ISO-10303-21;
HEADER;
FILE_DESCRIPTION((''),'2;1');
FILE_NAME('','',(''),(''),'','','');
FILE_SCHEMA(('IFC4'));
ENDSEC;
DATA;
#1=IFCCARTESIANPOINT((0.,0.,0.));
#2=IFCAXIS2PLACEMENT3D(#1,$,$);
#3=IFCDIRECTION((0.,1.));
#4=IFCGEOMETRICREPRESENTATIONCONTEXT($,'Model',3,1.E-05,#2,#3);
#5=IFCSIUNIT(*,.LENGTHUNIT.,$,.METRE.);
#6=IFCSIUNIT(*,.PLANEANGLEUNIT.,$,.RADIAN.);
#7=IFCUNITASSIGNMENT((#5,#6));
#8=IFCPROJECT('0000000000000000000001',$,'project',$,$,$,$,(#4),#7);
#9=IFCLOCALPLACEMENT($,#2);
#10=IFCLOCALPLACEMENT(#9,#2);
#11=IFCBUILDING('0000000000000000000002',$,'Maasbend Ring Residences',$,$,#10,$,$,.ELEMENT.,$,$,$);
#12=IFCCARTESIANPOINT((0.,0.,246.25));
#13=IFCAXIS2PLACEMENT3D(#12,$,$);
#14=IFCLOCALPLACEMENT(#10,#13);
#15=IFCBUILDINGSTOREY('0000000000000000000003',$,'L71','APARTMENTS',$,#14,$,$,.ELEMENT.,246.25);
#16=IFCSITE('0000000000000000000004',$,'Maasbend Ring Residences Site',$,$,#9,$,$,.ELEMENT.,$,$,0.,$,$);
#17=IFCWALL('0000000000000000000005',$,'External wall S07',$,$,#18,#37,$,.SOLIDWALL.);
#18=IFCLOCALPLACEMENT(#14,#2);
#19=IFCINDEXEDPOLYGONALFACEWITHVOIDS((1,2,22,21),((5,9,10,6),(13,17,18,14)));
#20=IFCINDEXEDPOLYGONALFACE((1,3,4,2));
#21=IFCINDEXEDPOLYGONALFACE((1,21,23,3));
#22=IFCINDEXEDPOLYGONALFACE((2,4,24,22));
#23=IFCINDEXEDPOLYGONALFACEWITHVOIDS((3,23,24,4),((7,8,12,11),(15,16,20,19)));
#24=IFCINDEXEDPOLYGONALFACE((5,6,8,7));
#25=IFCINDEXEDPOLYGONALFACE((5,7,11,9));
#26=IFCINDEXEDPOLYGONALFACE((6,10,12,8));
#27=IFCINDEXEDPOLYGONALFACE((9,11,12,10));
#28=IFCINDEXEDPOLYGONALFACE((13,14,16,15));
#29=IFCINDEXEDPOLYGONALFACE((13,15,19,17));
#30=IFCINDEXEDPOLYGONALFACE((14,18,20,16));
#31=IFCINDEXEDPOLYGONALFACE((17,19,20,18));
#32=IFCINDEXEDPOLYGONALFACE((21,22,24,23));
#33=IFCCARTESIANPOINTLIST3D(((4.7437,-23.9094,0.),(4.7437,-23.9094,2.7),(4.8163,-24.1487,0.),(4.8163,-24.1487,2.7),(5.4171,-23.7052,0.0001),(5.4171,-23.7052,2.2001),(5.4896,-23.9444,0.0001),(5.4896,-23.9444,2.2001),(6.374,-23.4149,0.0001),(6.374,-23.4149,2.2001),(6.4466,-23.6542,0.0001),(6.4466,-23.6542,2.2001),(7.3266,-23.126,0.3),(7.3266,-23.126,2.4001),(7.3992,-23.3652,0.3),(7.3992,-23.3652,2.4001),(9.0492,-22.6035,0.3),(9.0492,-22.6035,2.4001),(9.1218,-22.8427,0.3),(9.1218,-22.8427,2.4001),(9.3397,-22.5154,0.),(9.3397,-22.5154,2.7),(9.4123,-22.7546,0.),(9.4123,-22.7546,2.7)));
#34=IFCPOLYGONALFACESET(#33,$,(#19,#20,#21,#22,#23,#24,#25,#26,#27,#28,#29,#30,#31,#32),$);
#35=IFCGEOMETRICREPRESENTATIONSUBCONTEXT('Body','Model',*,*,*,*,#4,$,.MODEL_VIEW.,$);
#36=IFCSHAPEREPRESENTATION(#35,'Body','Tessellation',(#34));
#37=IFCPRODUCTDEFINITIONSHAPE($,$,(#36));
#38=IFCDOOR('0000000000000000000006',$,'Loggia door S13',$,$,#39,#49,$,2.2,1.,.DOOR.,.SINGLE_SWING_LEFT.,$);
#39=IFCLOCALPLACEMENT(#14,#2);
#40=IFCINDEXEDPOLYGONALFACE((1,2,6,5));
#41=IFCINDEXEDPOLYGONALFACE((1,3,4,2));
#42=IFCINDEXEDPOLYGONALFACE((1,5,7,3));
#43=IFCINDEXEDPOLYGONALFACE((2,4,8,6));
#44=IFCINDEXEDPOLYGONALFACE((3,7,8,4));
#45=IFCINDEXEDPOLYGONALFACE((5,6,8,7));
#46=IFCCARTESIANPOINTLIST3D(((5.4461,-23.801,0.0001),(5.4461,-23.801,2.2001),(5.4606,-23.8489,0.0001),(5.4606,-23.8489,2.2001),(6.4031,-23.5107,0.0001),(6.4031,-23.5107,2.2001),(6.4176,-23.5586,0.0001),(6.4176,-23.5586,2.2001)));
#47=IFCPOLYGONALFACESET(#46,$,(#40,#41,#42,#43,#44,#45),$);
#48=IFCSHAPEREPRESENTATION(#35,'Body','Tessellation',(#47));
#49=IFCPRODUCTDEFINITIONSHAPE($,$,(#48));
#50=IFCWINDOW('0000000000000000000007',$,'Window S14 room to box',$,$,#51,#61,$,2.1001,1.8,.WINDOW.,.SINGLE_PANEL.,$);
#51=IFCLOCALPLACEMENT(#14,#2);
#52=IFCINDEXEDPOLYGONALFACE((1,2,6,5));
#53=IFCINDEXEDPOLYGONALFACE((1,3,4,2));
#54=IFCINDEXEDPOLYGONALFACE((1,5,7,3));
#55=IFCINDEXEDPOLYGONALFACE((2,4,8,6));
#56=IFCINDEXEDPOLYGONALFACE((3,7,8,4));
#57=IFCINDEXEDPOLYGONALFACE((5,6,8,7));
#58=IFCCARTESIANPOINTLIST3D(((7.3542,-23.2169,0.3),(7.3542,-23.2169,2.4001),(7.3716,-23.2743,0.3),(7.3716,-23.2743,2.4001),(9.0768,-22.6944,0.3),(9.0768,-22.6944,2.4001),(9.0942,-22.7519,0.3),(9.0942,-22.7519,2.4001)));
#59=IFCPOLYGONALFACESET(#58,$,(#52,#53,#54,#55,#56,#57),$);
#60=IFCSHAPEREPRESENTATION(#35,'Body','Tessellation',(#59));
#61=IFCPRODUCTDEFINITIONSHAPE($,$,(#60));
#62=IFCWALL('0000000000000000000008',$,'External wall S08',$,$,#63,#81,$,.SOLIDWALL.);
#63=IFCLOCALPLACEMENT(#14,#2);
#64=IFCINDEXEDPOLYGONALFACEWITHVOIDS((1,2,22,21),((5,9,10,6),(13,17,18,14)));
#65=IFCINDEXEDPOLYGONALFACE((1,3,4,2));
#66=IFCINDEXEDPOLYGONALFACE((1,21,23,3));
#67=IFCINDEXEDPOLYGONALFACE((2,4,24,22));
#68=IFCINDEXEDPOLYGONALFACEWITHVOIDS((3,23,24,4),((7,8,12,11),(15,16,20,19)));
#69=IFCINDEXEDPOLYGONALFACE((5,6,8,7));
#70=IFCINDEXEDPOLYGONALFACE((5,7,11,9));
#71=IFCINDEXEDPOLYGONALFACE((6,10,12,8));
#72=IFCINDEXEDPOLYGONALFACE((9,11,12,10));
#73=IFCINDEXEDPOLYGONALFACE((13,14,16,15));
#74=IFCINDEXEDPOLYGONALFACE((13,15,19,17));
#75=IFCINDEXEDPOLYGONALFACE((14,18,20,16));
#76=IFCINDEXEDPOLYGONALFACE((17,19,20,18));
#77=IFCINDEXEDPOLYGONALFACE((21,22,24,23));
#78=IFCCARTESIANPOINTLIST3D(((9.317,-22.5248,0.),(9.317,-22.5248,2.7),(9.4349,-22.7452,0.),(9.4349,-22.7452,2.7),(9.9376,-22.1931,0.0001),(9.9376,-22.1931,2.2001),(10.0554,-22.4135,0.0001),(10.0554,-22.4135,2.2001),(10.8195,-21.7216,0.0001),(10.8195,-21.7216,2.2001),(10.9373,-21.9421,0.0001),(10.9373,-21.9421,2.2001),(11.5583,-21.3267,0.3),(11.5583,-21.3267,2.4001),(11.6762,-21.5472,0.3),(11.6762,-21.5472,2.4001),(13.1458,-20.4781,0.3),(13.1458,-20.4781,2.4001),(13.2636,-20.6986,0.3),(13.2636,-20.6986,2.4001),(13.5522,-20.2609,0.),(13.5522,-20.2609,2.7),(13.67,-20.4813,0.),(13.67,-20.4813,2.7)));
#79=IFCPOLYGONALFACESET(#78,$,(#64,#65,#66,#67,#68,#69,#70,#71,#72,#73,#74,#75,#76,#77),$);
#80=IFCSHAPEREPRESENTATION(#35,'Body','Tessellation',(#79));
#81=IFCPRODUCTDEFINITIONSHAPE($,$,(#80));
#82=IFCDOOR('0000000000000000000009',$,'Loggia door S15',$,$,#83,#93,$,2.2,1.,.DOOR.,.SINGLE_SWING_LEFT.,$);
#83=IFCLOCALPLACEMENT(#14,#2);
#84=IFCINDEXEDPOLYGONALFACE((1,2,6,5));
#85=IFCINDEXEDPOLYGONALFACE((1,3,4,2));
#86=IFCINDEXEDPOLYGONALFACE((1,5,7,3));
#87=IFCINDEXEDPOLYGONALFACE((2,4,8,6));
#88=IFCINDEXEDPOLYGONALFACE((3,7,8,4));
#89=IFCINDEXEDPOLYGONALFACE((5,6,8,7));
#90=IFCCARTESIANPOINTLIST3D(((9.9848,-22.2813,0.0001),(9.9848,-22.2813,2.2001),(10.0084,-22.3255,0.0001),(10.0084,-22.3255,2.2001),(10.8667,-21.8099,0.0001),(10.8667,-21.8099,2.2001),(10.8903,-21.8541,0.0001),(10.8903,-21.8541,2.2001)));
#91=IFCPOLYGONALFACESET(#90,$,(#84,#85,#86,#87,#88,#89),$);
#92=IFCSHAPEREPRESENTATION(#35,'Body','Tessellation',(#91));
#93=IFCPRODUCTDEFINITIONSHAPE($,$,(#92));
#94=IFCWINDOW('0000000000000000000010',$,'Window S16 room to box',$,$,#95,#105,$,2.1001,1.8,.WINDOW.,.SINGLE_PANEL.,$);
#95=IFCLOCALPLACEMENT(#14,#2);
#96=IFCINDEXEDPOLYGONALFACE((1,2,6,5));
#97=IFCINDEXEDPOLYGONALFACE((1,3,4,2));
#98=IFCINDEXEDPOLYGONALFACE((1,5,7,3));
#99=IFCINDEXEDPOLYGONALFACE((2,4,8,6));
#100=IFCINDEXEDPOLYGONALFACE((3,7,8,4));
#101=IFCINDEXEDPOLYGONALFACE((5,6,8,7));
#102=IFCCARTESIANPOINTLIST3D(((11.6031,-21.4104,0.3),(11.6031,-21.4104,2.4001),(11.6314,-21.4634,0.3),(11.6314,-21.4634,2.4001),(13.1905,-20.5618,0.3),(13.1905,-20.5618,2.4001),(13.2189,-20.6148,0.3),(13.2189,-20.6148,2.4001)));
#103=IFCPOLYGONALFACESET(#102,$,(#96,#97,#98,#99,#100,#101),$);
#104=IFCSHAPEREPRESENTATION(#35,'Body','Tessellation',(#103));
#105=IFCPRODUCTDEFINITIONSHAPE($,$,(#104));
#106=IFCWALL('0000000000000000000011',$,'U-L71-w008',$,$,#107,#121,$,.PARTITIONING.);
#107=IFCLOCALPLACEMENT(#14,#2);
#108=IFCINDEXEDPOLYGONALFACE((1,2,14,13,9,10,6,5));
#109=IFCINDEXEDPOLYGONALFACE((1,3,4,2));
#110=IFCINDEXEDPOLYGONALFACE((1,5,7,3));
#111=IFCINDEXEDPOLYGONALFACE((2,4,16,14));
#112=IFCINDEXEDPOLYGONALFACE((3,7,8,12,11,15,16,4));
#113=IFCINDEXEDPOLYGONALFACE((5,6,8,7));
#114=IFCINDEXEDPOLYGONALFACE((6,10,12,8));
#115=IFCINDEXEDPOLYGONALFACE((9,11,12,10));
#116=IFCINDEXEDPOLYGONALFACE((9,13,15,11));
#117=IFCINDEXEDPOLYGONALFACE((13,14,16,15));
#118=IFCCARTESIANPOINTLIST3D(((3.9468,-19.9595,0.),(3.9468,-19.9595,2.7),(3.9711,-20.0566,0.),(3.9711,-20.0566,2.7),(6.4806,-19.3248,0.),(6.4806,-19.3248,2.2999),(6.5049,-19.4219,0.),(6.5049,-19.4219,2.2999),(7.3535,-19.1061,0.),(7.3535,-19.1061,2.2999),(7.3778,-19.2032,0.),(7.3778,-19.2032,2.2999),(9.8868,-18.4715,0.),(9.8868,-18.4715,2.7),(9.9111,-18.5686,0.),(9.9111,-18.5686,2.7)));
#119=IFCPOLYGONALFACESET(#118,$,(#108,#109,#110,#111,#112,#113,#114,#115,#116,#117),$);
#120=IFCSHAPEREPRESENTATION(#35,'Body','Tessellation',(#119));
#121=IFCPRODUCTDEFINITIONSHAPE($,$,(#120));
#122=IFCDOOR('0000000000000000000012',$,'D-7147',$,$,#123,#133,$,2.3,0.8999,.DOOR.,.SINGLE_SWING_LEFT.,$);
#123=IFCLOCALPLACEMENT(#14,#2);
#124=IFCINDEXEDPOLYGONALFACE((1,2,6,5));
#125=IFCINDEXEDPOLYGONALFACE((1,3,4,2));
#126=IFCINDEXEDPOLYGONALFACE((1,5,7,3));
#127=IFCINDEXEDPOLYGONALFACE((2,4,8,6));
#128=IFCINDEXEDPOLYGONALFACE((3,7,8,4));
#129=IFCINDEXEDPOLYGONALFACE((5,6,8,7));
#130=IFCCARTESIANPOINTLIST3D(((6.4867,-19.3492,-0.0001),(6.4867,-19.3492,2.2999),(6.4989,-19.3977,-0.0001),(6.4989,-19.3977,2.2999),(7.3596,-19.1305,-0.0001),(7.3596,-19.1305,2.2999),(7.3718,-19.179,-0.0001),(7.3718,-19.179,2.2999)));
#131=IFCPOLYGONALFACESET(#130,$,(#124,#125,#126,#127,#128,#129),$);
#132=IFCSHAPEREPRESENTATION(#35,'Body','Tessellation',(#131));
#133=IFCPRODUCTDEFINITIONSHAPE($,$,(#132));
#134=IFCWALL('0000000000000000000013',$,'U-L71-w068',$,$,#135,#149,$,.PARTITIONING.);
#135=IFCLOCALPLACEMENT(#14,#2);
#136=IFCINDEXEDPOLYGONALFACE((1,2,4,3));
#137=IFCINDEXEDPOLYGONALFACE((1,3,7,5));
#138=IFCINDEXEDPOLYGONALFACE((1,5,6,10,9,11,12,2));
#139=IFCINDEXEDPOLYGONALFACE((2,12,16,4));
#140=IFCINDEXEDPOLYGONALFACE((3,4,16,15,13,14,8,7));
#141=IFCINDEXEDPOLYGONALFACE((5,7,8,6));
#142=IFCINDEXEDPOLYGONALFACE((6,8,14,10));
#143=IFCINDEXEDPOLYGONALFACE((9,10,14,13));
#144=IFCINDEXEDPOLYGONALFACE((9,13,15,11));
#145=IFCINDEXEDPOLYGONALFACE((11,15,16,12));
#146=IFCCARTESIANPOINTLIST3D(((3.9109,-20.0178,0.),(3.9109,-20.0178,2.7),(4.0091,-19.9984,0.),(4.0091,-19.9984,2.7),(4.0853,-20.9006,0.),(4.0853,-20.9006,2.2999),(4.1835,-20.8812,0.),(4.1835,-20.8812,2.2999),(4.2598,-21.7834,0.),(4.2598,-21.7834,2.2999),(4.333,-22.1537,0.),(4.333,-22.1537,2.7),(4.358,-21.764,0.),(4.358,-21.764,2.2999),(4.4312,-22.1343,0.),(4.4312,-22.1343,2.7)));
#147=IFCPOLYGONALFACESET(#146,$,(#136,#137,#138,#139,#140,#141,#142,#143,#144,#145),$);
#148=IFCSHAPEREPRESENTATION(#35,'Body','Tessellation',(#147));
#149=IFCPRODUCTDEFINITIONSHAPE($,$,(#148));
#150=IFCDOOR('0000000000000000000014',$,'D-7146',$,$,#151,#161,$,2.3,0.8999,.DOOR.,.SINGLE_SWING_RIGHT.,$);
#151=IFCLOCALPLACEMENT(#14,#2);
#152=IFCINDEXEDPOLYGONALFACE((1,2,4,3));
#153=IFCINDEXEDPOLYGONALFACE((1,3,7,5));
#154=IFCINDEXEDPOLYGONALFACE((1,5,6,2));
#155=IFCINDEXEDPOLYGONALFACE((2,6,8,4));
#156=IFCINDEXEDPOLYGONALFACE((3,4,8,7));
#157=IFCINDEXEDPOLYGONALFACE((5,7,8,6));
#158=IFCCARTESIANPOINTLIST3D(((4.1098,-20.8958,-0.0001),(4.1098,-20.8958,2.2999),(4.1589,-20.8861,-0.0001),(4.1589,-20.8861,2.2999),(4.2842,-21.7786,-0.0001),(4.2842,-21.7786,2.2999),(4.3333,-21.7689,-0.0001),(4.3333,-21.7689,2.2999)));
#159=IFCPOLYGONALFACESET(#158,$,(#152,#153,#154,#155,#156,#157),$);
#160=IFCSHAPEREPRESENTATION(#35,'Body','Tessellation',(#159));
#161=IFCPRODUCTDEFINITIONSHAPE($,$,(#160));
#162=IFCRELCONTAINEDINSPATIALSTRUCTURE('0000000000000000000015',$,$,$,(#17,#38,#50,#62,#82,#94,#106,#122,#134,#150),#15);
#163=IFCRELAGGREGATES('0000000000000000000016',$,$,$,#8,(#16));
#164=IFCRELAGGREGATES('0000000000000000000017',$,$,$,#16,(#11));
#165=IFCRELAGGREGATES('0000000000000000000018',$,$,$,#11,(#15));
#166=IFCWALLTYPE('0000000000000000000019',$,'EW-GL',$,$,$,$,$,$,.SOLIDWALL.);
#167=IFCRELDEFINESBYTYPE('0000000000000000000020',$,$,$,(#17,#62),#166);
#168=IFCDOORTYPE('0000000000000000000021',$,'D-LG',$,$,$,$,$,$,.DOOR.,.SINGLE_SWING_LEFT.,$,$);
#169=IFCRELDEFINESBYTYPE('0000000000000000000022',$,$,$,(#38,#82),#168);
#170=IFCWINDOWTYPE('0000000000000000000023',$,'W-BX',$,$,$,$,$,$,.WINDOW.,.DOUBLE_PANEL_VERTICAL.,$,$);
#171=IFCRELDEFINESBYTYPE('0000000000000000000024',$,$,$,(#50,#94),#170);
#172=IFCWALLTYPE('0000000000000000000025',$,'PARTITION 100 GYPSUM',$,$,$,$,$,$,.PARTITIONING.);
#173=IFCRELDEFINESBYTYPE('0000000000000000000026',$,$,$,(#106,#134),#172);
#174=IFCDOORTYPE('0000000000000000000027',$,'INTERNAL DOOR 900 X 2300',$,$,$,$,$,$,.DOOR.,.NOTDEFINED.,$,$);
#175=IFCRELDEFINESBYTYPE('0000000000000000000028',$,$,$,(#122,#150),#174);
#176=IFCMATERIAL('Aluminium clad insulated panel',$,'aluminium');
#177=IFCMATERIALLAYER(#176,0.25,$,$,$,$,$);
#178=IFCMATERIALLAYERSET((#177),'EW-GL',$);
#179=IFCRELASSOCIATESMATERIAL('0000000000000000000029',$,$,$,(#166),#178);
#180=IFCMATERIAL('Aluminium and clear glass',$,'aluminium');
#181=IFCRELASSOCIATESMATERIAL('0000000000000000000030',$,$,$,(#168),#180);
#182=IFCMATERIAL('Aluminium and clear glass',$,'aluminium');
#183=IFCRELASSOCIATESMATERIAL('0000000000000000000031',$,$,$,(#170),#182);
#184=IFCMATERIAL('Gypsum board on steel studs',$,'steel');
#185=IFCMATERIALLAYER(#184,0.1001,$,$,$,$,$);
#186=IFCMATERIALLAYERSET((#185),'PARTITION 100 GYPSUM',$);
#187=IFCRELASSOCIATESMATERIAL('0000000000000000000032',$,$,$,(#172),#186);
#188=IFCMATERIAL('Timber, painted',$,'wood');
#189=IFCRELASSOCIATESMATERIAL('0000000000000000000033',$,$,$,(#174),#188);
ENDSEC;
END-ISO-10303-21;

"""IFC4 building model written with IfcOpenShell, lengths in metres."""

from ifc_helpers import new_model, si_unit, direction, frame, frame_2d, origin, place, context, subcontext, project, spatial, rectangle, extrude, material, layer, layer_set, type_object, element, fill, save


model = new_model("IFC4")

# Units and contexts
model_context = context("Model", 3, precision=1e-05, world=origin(), true_north=direction((0.0, 1.0)))
body_context = subcontext(model_context, "Body", "Model", "MODEL_VIEW")
ifc_project = project(units=[si_unit("LENGTHUNIT", "METRE"), si_unit("PLANEANGLEUNIT", "RADIAN")], contexts=[model_context])

# Site, building, storey
site_placement = place(None, origin())
site = spatial("IfcSite", under=ifc_project, at=site_placement, Name="Maasbend Ring Residences Site", CompositionType="ELEMENT", RefElevation=0.0)
building_placement = place(site_placement, origin())
building = spatial("IfcBuilding", under=site, at=building_placement, Name="Maasbend Ring Residences", CompositionType="ELEMENT")
storey_placement = place(building_placement, frame((0.0, 0.0, 246.25)))
storey = spatial("IfcBuildingStorey", under=building, at=storey_placement, Name="L71", Description="APARTMENTS", CompositionType="ELEMENT", Elevation=246.25)

# Walls, openings, doors, windows
ifc_material_1 = material(Name="Aluminium clad insulated panel", Category="aluminium")
ifc_layer_1 = layer(ifc_material_1, 0.25)
ifc_layer_set_1 = layer_set([ifc_layer_1], Name="EW-GL")
wall_type_1 = type_object("IfcWallType", Name="EW-GL", PredefinedType="SOLIDWALL", material=ifc_layer_set_1)
wall_1_placement = place(storey_placement, frame((4.78, -24.0291, 0.0), z_axis=(0.0, 0.0, 1.0), x_axis=(0.956947, 0.290261, 0.0)))
wall_1 = element("IfcWall", 1, at=wall_1_placement, inside=storey, type_object=wall_type_1, Name="External wall S07", PredefinedType="SOLIDWALL", context=body_context, shape_type="SweptSolid", body=[
    extrude(rectangle(XDim=4.8027, YDim=0.25, at=frame_2d((2.4014, 0.0))), origin(), (0.0, 0.0, 1.0), 2.7),
])
opening_1_placement = place(wall_1_placement, frame((0.7036, 0.0, 0.0)))
opening_1 = element("IfcOpeningElement", 2, at=opening_1_placement, cuts=wall_1, PredefinedType="OPENING", context=body_context, shape_type="SweptSolid", body=[
    extrude(rectangle(XDim=1.0, YDim=2.2, at=frame_2d((0.5, 1.1001))), frame((0.0, 0.135, 0.0), z_axis=(0.0, -1.0, 0.0), x_axis=(1.0, 0.0, 0.0)), (0.0, 0.0, 1.0), 0.27),
])
opening_2_placement = place(wall_1_placement, frame((2.6992, 0.0, 0.3)))
opening_2 = element("IfcOpeningElement", 3, at=opening_2_placement, cuts=wall_1, PredefinedType="OPENING", context=body_context, shape_type="SweptSolid", body=[
    extrude(rectangle(XDim=1.8, YDim=2.1001, at=frame_2d((0.8999, 1.05))), frame((0.0, 0.135, 0.0), z_axis=(0.0, -1.0, 0.0), x_axis=(1.0, 0.0, 0.0)), (0.0, 0.0, 1.0), 0.27),
])
ifc_material_2 = material(Name="Aluminium and clear glass", Category="aluminium")
door_type_1 = type_object("IfcDoorType", Name="D-LG", OperationType="SINGLE_SWING_LEFT", PredefinedType="DOOR", material=ifc_material_2)
door_1_placement = place(opening_1_placement, origin())
door_1 = element("IfcDoor", 4, at=door_1_placement, inside=storey, type_object=door_type_1, Name="Loggia door S13", OperationType="SINGLE_SWING_LEFT", OverallHeight=2.2, OverallWidth=1.0, PredefinedType="DOOR", context=body_context, shape_type="SweptSolid", body=[
    extrude(rectangle(XDim=1.0, YDim=2.2, at=frame_2d((0.5, 1.1001))), frame((0.0, 0.0249, 0.0), z_axis=(0.0, -1.0, 0.0), x_axis=(1.0, 0.0, 0.0)), (0.0, 0.0, 1.0), 0.05),
])
fill(opening_1, door_1)
ifc_material_3 = material(Name="Aluminium and clear glass", Category="aluminium")
window_type_1 = type_object("IfcWindowType", Name="W-BX", PartitioningType="DOUBLE_PANEL_VERTICAL", PredefinedType="WINDOW", material=ifc_material_3)
window_1_placement = place(opening_2_placement, origin())
window_1 = element("IfcWindow", 5, at=window_1_placement, inside=storey, type_object=window_type_1, Name="Window S14 room to box", OverallHeight=2.1001, OverallWidth=1.8, PartitioningType="SINGLE_PANEL", PredefinedType="WINDOW", context=body_context, shape_type="SweptSolid", body=[
    extrude(rectangle(XDim=1.8, YDim=2.1001, at=frame_2d((0.8999, 1.05))), frame((0.0, 0.03, 0.0), z_axis=(0.0, -1.0, 0.0), x_axis=(1.0, 0.0, 0.0)), (0.0, 0.0, 1.0), 0.0601),
])
fill(opening_2, window_1)
wall_2_placement = place(storey_placement, frame((9.376, -22.635, 0.0), z_axis=(0.0, 0.0, 1.0), x_axis=(0.881904, 0.47143, 0.0)))
wall_2 = element("IfcWall", 6, at=wall_2_placement, inside=storey, type_object=wall_type_1, Name="External wall S08", PredefinedType="SOLIDWALL", context=body_context, shape_type="SweptSolid", body=[
    extrude(rectangle(XDim=4.8022, YDim=0.25, at=frame_2d((2.4011, 0.0))), origin(), (0.0, 0.0, 1.0), 2.7),
])
opening_3_placement = place(wall_2_placement, frame((0.7036, 0.0, 0.0)))
opening_3 = element("IfcOpeningElement", 7, at=opening_3_placement, cuts=wall_2, PredefinedType="OPENING", context=body_context, shape_type="SweptSolid", body=[
    extrude(rectangle(XDim=1.0, YDim=2.2, at=frame_2d((0.5, 1.1001))), frame((0.0, 0.135, 0.0), z_axis=(0.0, -1.0, 0.0), x_axis=(1.0, 0.0, 0.0)), (0.0, 0.0, 1.0), 0.27),
])
opening_4_placement = place(wall_2_placement, frame((2.5415, 0.0, 0.3)))
opening_4 = element("IfcOpeningElement", 8, at=opening_4_placement, cuts=wall_2, PredefinedType="OPENING", context=body_context, shape_type="SweptSolid", body=[
    extrude(rectangle(XDim=1.8, YDim=2.1001, at=frame_2d((0.8999, 1.05))), frame((0.0, 0.135, 0.0), z_axis=(0.0, -1.0, 0.0), x_axis=(1.0, 0.0, 0.0)), (0.0, 0.0, 1.0), 0.27),
])
door_2_placement = place(opening_3_placement, origin())
door_2 = element("IfcDoor", 9, at=door_2_placement, inside=storey, type_object=door_type_1, Name="Loggia door S15", OperationType="SINGLE_SWING_LEFT", OverallHeight=2.2, OverallWidth=1.0, PredefinedType="DOOR", context=body_context, shape_type="SweptSolid", body=[
    extrude(rectangle(XDim=1.0, YDim=2.2, at=frame_2d((0.5, 1.1001))), frame((0.0, 0.0249, 0.0), z_axis=(0.0, -1.0, 0.0), x_axis=(1.0, 0.0, 0.0)), (0.0, 0.0, 1.0), 0.05),
])
fill(opening_3, door_2)
window_2_placement = place(opening_4_placement, origin())
window_2 = element("IfcWindow", 10, at=window_2_placement, inside=storey, type_object=window_type_1, Name="Window S16 room to box", OverallHeight=2.1001, OverallWidth=1.8, PartitioningType="SINGLE_PANEL", PredefinedType="WINDOW", context=body_context, shape_type="SweptSolid", body=[
    extrude(rectangle(XDim=1.8, YDim=2.1001, at=frame_2d((0.8999, 1.05))), frame((0.0, 0.03, 0.0), z_axis=(0.0, -1.0, 0.0), x_axis=(1.0, 0.0, 0.0)), (0.0, 0.0, 1.0), 0.0601),
])
fill(opening_4, window_2)

# Walls, openings, doors
ifc_material_4 = material(Name="Gypsum board on steel studs", Category="steel")
ifc_layer_2 = layer(ifc_material_4, 0.1001)
ifc_layer_set_2 = layer_set([ifc_layer_2], Name="PARTITION 100 GYPSUM")
wall_type_2 = type_object("IfcWallType", Name="PARTITION 100 GYPSUM", PredefinedType="PARTITIONING", material=ifc_layer_set_2)
wall_3_placement = place(storey_placement, frame((3.959, -20.0081, 0.0), z_axis=(0.0, 0.0, 1.0), x_axis=(0.970025, 0.243005, 0.0)))
wall_3 = element("IfcWall", 11, at=wall_3_placement, inside=storey, type_object=wall_type_2, Name="U-L71-w008", PredefinedType="PARTITIONING", context=body_context, shape_type="SweptSolid", body=[
    extrude(rectangle(XDim=6.1235, YDim=0.1001, at=frame_2d((3.0618, 0.0))), origin(), (0.0, 0.0, 1.0), 2.7),
])
opening_5_placement = place(wall_3_placement, frame((2.6121, 0.0, 0.0)))
opening_5 = element("IfcOpeningElement", 12, at=opening_5_placement, cuts=wall_3, PredefinedType="OPENING", context=body_context, shape_type="SweptSolid", body=[
    extrude(rectangle(XDim=0.8999, YDim=2.3, at=frame_2d((0.45, 1.1499))), frame((0.0, 0.0601, 0.0), z_axis=(0.0, -1.0, 0.0), x_axis=(1.0, 0.0, 0.0)), (0.0, 0.0, 1.0), 0.1201),
])
ifc_material_5 = material(Name="Timber, painted", Category="wood")
door_type_2 = type_object("IfcDoorType", Name="INTERNAL DOOR 900 X 2300", OperationType="NOTDEFINED", PredefinedType="DOOR", material=ifc_material_5)
door_3_placement = place(opening_5_placement, origin())
door_3 = element("IfcDoor", 13, at=door_3_placement, inside=storey, type_object=door_type_2, Name="D-7147", OperationType="SINGLE_SWING_LEFT", OverallHeight=2.3, OverallWidth=0.8999, PredefinedType="DOOR", context=body_context, shape_type="SweptSolid", body=[
    extrude(rectangle(XDim=0.8999, YDim=2.3, at=frame_2d((0.45, 1.1499))), frame((0.0, 0.0249, 0.0), z_axis=(0.0, -1.0, 0.0), x_axis=(1.0, 0.0, 0.0)), (0.0, 0.0, 1.0), 0.05),
])
fill(opening_5, door_3)
wall_4_placement = place(storey_placement, frame((3.96, -20.0081, 0.0), z_axis=(0.0, 0.0, 1.0), x_axis=(0.193873, -0.981027, 0.0)))
wall_4 = element("IfcWall", 14, at=wall_4_placement, inside=storey, type_object=wall_type_2, Name="U-L71-w068", PredefinedType="PARTITIONING", context=body_context, shape_type="SweptSolid", body=[
    extrude(rectangle(XDim=2.1772, YDim=0.1001, at=frame_2d((1.0886, 0.0))), origin(), (0.0, 0.0, 1.0), 2.7),
])
opening_6_placement = place(wall_4_placement, frame((0.8999, 0.0, 0.0)))
opening_6 = element("IfcOpeningElement", 15, at=opening_6_placement, cuts=wall_4, PredefinedType="OPENING", context=body_context, shape_type="SweptSolid", body=[
    extrude(rectangle(XDim=0.8999, YDim=2.3, at=frame_2d((0.45, 1.1499))), frame((0.0, 0.0601, 0.0), z_axis=(0.0, -1.0, 0.0), x_axis=(1.0, 0.0, 0.0)), (0.0, 0.0, 1.0), 0.1201),
])
door_4_placement = place(opening_6_placement, origin())
door_4 = element("IfcDoor", 16, at=door_4_placement, inside=storey, type_object=door_type_2, Name="D-7146", OperationType="SINGLE_SWING_RIGHT", OverallHeight=2.3, OverallWidth=0.8999, PredefinedType="DOOR", context=body_context, shape_type="SweptSolid", body=[
    extrude(rectangle(XDim=0.8999, YDim=2.3, at=frame_2d((0.45, 1.1499))), frame((0.0, 0.0249, 0.0), z_axis=(0.0, -1.0, 0.0), x_axis=(1.0, 0.0, 0.0)), (0.0, 0.0, 1.0), 0.05),
])
fill(opening_6, door_4)

save(model, "model.ifc")
